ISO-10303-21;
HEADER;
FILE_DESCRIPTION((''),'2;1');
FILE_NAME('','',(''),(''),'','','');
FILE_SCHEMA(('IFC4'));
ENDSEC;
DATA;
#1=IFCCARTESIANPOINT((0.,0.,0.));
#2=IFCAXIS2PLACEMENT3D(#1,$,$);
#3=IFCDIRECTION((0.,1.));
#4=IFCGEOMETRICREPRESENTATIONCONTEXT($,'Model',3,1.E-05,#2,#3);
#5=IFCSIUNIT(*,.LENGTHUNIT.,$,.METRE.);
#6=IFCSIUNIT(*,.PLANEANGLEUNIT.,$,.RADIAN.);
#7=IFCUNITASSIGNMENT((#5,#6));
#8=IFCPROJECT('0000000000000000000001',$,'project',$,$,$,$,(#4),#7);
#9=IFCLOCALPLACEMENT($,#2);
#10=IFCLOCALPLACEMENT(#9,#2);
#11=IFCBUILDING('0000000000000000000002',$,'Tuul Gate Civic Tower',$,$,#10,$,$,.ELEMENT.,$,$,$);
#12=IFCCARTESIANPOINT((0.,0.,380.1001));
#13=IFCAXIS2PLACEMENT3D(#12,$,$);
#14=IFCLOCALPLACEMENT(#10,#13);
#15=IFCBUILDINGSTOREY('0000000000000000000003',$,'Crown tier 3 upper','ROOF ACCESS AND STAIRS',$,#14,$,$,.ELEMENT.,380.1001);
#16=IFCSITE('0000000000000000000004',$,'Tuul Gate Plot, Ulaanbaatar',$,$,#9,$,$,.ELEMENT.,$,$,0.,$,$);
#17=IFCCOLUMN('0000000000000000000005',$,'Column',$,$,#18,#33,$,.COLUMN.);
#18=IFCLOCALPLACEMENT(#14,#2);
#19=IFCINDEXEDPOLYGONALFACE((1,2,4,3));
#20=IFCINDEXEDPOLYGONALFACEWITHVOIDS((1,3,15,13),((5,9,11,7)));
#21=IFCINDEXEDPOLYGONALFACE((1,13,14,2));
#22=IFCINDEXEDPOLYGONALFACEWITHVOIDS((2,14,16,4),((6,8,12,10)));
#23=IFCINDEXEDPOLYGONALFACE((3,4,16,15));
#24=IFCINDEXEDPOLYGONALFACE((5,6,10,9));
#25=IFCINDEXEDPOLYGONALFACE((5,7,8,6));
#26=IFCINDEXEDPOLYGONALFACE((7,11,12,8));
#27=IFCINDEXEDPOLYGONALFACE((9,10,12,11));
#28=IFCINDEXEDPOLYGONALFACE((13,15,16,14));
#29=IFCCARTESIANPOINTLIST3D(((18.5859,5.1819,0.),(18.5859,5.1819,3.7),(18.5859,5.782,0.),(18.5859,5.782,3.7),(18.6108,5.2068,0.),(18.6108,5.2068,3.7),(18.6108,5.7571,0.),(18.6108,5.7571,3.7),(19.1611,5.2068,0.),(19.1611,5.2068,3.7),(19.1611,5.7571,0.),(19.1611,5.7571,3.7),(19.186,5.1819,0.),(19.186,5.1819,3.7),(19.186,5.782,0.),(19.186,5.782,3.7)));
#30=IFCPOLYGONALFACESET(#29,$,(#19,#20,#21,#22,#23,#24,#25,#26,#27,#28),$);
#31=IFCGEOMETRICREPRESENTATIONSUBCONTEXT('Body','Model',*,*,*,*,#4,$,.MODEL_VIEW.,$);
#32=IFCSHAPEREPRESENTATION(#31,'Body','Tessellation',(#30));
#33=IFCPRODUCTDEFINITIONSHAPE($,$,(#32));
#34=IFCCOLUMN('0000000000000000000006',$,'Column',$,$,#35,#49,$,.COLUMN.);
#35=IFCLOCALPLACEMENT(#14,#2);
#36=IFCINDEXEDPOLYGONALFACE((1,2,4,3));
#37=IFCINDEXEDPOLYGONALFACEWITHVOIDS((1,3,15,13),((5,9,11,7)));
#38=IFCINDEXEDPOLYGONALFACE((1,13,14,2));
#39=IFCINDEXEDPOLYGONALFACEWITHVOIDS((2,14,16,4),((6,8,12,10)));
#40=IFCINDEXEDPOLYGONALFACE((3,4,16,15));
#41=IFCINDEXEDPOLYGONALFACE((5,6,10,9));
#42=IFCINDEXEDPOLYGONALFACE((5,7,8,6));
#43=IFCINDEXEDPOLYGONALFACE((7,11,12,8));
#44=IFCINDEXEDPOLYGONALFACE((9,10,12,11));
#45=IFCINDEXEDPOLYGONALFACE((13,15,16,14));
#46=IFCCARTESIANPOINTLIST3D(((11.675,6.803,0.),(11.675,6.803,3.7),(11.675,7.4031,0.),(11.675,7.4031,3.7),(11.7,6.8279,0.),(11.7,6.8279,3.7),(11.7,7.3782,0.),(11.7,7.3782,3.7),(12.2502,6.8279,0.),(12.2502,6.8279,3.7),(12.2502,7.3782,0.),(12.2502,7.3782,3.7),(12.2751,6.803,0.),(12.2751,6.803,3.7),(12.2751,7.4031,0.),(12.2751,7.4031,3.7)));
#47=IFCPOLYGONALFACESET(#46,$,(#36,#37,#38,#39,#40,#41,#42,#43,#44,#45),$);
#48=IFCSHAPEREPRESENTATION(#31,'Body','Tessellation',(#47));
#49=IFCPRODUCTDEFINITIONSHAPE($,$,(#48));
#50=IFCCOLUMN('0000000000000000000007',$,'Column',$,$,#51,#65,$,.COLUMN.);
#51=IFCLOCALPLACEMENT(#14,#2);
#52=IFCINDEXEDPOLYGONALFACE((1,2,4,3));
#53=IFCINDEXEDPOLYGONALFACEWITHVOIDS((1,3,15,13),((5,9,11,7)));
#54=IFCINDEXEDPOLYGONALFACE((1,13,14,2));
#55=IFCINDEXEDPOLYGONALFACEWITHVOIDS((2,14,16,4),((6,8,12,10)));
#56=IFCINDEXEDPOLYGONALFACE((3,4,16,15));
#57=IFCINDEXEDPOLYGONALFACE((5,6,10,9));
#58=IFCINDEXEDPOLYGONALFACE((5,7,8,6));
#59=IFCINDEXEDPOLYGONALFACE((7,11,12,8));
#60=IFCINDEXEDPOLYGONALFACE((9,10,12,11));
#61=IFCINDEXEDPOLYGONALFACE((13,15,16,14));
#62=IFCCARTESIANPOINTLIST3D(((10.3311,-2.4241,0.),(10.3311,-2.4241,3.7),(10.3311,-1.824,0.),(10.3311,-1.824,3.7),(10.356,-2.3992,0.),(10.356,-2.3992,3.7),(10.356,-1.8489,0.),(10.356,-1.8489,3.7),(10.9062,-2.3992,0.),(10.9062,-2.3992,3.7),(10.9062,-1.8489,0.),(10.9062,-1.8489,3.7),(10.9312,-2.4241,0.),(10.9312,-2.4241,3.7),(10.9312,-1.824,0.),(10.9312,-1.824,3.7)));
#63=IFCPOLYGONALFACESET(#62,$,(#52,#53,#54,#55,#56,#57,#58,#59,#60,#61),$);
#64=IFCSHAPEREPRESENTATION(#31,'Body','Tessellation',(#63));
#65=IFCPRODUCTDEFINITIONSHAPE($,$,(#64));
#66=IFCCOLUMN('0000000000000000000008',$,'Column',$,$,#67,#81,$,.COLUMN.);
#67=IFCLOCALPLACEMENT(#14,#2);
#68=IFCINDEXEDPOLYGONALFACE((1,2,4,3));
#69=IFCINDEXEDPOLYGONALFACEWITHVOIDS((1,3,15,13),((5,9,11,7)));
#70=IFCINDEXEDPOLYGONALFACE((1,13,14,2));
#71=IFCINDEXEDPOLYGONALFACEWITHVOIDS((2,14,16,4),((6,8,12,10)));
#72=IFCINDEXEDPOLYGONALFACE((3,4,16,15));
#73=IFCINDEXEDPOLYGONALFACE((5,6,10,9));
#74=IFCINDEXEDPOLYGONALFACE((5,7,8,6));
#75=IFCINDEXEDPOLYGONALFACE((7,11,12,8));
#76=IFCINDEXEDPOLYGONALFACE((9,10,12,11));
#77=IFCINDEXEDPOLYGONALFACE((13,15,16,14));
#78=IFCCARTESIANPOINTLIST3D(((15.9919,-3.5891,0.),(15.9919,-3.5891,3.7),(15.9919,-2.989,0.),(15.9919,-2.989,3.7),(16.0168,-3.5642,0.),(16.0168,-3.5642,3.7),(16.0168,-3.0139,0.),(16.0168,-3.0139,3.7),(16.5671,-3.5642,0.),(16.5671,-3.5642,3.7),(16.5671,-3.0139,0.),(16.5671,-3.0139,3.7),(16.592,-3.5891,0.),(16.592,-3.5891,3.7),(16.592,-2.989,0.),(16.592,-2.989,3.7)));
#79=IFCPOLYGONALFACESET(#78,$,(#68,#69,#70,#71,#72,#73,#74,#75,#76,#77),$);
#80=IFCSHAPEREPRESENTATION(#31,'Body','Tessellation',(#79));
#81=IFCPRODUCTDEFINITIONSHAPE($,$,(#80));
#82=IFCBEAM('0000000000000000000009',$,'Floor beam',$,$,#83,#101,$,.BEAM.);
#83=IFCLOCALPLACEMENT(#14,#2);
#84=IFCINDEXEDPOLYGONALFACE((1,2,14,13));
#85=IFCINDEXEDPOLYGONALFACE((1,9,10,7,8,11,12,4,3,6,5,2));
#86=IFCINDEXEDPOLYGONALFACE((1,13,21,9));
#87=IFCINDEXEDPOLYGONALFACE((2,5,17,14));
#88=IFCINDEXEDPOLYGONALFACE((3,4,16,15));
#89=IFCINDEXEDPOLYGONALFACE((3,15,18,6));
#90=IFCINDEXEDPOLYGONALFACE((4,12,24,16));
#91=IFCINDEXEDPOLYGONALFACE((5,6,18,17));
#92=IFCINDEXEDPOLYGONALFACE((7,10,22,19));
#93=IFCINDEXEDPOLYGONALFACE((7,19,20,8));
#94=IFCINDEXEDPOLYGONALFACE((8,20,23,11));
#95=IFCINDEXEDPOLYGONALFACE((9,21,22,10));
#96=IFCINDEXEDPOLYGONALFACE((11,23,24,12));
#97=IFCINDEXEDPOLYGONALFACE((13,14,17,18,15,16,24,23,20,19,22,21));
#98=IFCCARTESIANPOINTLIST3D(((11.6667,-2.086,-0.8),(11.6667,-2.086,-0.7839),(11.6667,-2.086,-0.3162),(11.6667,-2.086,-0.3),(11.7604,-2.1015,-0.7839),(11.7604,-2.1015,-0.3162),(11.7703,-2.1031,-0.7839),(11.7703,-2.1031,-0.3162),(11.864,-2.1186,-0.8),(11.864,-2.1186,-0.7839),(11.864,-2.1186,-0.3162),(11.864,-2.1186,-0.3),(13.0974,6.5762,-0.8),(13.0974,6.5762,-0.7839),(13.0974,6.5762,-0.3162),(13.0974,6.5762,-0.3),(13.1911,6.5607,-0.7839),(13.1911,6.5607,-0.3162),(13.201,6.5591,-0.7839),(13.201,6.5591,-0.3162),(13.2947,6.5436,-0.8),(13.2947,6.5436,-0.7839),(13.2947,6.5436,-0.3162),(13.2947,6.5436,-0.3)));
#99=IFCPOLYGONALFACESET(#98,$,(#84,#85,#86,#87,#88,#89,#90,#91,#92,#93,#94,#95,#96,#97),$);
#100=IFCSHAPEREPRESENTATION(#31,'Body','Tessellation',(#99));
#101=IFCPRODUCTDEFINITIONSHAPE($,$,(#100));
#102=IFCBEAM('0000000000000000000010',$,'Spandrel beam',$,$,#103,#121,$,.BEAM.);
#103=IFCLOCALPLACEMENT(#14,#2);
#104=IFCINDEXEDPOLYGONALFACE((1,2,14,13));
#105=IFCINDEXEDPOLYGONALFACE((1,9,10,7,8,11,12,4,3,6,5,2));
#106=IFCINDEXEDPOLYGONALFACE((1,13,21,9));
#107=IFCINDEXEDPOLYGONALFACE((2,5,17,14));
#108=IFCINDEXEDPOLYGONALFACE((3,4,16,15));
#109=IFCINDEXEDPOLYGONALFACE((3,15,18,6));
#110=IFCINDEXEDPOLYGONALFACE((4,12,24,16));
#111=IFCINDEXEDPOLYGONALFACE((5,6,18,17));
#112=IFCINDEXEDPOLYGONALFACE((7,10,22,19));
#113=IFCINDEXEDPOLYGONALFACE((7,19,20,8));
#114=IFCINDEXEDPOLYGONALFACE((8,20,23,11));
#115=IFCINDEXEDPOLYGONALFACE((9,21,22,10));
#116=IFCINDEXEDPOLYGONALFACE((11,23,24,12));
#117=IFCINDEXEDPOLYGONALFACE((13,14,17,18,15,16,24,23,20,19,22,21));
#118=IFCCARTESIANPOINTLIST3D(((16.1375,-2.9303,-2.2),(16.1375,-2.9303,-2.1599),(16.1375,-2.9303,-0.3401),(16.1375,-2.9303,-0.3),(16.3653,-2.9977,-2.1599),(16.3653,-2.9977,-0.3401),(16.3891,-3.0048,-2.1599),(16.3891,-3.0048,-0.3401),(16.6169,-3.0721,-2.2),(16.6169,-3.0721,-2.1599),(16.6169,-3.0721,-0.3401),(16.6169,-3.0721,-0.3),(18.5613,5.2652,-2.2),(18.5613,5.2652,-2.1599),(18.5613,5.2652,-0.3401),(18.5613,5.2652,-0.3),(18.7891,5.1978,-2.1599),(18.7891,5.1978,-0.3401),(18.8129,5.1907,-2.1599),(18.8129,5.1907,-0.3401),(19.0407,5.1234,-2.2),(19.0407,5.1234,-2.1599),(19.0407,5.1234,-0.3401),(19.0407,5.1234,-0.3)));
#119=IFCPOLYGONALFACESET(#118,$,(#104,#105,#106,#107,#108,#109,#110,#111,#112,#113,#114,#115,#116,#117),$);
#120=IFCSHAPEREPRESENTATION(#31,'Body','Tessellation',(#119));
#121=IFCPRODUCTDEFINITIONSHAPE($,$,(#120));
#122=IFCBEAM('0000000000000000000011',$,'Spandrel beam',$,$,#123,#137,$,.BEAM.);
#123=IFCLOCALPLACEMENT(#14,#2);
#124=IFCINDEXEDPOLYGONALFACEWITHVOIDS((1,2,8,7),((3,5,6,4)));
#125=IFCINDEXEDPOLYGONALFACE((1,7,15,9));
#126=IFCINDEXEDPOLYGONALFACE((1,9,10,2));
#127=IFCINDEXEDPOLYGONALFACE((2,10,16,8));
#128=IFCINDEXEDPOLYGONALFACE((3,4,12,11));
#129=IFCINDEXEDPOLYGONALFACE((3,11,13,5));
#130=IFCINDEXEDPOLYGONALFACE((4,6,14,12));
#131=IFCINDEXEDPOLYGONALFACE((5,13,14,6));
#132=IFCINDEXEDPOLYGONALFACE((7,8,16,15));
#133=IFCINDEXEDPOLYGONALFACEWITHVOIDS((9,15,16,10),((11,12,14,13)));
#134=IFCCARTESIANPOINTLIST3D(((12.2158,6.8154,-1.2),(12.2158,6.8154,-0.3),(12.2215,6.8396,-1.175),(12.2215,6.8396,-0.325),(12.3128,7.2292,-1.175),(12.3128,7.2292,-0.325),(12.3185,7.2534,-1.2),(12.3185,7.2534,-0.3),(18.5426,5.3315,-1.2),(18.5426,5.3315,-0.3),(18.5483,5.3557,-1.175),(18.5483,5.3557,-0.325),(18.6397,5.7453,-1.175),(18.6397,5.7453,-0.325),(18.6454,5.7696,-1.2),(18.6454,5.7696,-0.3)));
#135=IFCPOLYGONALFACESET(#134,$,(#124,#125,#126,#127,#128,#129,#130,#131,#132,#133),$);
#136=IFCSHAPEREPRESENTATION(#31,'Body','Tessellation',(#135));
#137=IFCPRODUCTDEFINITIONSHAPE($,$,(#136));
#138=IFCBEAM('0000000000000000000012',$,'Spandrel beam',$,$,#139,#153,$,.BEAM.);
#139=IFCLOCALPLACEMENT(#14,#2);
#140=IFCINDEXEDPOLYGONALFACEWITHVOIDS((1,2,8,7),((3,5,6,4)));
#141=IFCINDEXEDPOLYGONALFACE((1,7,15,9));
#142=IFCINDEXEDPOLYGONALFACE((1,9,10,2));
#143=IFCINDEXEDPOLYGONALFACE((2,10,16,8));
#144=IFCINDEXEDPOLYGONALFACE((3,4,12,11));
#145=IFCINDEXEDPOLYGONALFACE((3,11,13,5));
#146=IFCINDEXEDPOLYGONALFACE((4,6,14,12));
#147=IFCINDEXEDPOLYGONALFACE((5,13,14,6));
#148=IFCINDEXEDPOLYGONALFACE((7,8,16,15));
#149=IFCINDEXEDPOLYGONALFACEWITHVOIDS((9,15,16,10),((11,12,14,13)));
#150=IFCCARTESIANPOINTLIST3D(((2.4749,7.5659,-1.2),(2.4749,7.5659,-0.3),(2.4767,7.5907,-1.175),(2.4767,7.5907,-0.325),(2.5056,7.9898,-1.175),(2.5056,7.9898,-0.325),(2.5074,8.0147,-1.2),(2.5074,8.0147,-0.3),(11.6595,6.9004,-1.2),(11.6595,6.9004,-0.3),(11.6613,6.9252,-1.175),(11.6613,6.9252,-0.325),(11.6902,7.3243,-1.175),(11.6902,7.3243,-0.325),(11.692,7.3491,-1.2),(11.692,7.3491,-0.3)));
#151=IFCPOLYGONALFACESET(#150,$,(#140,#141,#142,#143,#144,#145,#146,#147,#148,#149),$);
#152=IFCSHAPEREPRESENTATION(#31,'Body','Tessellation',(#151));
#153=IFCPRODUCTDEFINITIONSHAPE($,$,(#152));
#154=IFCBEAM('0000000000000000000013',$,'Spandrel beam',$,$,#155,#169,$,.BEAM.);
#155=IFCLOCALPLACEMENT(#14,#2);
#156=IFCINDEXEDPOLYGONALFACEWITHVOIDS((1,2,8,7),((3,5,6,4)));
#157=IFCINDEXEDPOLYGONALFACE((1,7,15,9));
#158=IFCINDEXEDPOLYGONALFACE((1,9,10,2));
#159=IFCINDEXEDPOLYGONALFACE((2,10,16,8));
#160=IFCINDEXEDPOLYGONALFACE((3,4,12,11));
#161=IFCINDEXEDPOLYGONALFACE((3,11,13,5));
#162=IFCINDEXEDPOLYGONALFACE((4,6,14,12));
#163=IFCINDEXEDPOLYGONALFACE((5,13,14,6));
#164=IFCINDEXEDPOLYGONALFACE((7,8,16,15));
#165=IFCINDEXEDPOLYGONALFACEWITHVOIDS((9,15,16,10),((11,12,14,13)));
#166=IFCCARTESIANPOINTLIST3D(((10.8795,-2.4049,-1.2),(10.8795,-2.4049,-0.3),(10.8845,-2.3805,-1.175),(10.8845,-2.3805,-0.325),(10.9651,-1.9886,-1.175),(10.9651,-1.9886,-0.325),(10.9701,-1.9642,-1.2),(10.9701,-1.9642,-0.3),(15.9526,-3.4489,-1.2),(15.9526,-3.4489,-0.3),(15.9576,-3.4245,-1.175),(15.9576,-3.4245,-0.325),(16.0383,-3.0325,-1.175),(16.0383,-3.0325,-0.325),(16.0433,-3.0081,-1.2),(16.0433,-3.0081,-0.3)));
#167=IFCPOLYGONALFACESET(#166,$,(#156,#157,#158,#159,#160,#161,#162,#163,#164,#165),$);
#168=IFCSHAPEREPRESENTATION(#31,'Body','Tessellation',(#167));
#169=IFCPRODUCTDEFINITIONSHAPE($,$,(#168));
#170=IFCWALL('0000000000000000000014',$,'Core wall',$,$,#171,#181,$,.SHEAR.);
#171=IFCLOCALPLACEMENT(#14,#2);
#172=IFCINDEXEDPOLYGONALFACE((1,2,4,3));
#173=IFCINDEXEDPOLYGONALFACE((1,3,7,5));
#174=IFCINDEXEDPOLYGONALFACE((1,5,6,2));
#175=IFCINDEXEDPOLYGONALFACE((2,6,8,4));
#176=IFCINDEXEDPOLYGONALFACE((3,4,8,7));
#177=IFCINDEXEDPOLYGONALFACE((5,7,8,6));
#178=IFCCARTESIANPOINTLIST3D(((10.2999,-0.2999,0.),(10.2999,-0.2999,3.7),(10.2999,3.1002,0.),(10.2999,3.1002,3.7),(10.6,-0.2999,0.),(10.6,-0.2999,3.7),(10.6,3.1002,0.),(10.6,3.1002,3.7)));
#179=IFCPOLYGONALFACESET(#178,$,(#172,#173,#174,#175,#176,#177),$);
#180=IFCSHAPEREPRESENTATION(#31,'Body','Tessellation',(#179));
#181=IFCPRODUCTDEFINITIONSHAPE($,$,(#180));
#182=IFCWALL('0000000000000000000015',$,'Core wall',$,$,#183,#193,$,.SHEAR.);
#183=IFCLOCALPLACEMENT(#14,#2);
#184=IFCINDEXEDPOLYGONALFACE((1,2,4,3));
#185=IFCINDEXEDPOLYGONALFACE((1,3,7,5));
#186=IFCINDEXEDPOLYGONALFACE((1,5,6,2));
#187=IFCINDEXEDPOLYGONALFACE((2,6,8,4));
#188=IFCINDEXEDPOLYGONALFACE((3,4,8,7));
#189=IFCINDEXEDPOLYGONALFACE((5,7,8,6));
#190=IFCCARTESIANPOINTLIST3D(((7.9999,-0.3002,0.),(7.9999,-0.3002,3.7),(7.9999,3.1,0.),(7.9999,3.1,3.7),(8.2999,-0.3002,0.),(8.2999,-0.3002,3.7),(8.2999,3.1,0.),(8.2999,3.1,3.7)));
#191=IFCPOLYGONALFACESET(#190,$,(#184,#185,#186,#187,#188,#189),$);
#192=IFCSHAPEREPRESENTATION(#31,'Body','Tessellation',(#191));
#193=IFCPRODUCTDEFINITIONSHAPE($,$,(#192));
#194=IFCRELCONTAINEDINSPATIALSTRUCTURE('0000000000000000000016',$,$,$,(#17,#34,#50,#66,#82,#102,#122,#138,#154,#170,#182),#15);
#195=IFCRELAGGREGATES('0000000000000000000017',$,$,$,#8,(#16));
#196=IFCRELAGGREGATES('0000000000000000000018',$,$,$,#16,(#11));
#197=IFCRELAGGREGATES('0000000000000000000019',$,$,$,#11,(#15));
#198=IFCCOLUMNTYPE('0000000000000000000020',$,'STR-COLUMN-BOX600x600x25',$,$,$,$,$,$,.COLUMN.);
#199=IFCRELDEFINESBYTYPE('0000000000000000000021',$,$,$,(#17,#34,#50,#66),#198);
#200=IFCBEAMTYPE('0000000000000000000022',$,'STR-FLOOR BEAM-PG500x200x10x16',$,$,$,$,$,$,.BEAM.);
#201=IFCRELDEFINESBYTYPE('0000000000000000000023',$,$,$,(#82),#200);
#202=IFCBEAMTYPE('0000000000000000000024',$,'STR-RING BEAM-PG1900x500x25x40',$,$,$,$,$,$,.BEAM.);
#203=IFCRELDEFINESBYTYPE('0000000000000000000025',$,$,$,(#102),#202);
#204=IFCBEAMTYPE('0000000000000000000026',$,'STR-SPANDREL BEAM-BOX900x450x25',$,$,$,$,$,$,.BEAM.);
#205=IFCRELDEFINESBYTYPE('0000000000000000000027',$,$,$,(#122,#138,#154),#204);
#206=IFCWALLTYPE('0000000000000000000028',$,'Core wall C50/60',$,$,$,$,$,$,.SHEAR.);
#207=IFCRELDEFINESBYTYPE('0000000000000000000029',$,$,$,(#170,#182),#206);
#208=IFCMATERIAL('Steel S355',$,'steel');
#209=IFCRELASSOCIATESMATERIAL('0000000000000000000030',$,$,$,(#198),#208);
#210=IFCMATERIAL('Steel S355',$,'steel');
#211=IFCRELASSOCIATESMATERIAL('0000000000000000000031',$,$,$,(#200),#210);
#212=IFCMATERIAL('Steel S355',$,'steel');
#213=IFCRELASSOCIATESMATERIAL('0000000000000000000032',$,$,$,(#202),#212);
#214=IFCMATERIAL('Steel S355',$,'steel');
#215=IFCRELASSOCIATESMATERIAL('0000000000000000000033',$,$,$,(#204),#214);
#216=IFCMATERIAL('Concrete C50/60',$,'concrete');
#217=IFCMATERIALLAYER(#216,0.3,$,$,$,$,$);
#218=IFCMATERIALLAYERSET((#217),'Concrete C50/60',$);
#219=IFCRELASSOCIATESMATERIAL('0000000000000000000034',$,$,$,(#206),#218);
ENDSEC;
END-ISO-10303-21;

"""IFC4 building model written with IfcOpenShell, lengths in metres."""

from ifc_helpers import new_model, si_unit, direction, frame, frame_2d, origin, origin_2d, place, context, subcontext, project, spatial, rectangle, hollow_rectangle, i_section, extrude, material, layer, layer_set, material_profile, profile_set, type_object, element, save


model = new_model("IFC4")

# Units and contexts
model_context = context("Model", 3, precision=1e-05, world=origin(), true_north=direction((0.0, 1.0)))
body_context = subcontext(model_context, "Body", "Model", "MODEL_VIEW")
ifc_project = project(units=[si_unit("LENGTHUNIT", "METRE"), si_unit("PLANEANGLEUNIT", "RADIAN")], contexts=[model_context])

# Site, building, storey
site_placement = place(None, origin())
site = spatial("IfcSite", under=ifc_project, at=site_placement, Name="Tuul Gate Plot, Ulaanbaatar", CompositionType="ELEMENT", RefElevation=0.0)
building_placement = place(site_placement, origin())
building = spatial("IfcBuilding", under=site, at=building_placement, Name="Tuul Gate Civic Tower", CompositionType="ELEMENT")
storey_placement = place(building_placement, frame((0.0, 0.0, 380.1001)))
storey = spatial("IfcBuildingStorey", under=building, at=storey_placement, Name="Crown tier 3 upper", Description="ROOF ACCESS AND STAIRS", CompositionType="ELEMENT", Elevation=380.1001)

# Columns
ifc_material_1 = material(Name="Steel S355", Category="steel")
ifc_material_profile_1 = material_profile(ifc_material_1, hollow_rectangle(XDim=0.6001, YDim=0.6001, WallThickness=0.0249, at=origin_2d()), Name="BOX600x600x25")
ifc_profile_set_1 = profile_set([ifc_material_profile_1], Name="Steel S355")
column_type = type_object("IfcColumnType", Name="STR-COLUMN-BOX600x600x25", PredefinedType="COLUMN", material=ifc_profile_set_1)
for number, where, z_axis, x_axis, name in (
    (1, (18.886, 5.4819, 0.0), (0.0, 0.0, 1.0), (1.0, 0.0, 0.0), "Column"),
    (2, (11.9751, 7.103, 0.0), (0.0, 0.0, 1.0), (1.0, 0.0, 0.0), "Column"),
    (3, (10.6311, -2.124, 0.0), (0.0, 0.0, 1.0), (1.0, 0.0, 0.0), "Column"),
    (4, (16.292, -3.2891, 0.0), (0.0, 0.0, 1.0), (1.0, 0.0, 0.0), "Column"),
):
    element("IfcColumn", number, at=place(storey_placement, frame(where, z_axis=z_axis, x_axis=x_axis)), inside=storey, type_object=column_type, Name=name, PredefinedType="COLUMN", context=body_context, shape_type="SweptSolid", body=[
        extrude(hollow_rectangle(XDim=0.6001, YDim=0.6001, WallThickness=0.0249, at=origin_2d()), origin(), (0.0, 0.0, 1.0), 3.7),
    ])

# Beams
ifc_material_2 = material(Name="Steel S355", Category="steel")
ifc_material_profile_2 = material_profile(ifc_material_2, i_section(OverallWidth=0.2, OverallDepth=0.5, WebThickness=0.01, FlangeThickness=0.0161, at=origin_2d()), Name="PG500x200x10x16")
ifc_profile_set_2 = profile_set([ifc_material_profile_2], Name="Steel S355")
beam_type_1 = type_object("IfcBeamType", Name="STR-FLOOR BEAM-PG500x200x10x16", PredefinedType="BEAM", material=ifc_profile_set_2)
beam_1_placement = place(storey_placement, frame((11.7654, -2.1023, -0.55), z_axis=(0.162956, 0.986633, 0.0), x_axis=(-0.986633, 0.162956, 0.0)))
element("IfcBeam", 5, at=beam_1_placement, inside=storey, type_object=beam_type_1, Name="Floor beam", PredefinedType="BEAM", context=body_context, shape_type="SweptSolid", body=[
    extrude(i_section(OverallWidth=0.2, OverallDepth=0.5, WebThickness=0.01, FlangeThickness=0.0161, at=origin_2d()), origin(), (0.0, 0.0, 1.0), 8.7795),
])
ifc_material_3 = material(Name="Steel S355", Category="steel")
ifc_material_profile_3 = material_profile(ifc_material_3, i_section(OverallWidth=0.5, OverallDepth=1.8999, WebThickness=0.0249, FlangeThickness=0.04, at=origin_2d()), Name="PG1900x500x25x40")
ifc_profile_set_3 = profile_set([ifc_material_profile_3], Name="Steel S355")
beam_type_2 = type_object("IfcBeamType", Name="STR-RING BEAM-PG1900x500x25x40", PredefinedType="BEAM", material=ifc_profile_set_3)
beam_2_placement = place(storey_placement, frame((16.3772, -3.0012, -1.25), z_axis=(0.283606, 0.958941, 0.0), x_axis=(-0.958941, 0.283606, 0.0)))
element("IfcBeam", 6, at=beam_2_placement, inside=storey, type_object=beam_type_2, Name="Spandrel beam", PredefinedType="BEAM", context=body_context, shape_type="SweptSolid", body=[
    extrude(i_section(OverallWidth=0.5, OverallDepth=1.8999, WebThickness=0.0249, FlangeThickness=0.04, at=origin_2d()), origin(), (0.0, 0.0, 1.0), 8.5464),
])
ifc_material_4 = material(Name="Steel S355", Category="steel")
ifc_material_profile_4 = material_profile(ifc_material_4, hollow_rectangle(XDim=0.45, YDim=0.8999, WallThickness=0.0249, at=origin_2d()), Name="BOX900x450x25")
ifc_profile_set_4 = profile_set([ifc_material_profile_4], Name="Steel S355")
beam_type_3 = type_object("IfcBeamType", Name="STR-SPANDREL BEAM-BOX900x450x25", PredefinedType="BEAM", material=ifc_profile_set_4)
beam_3_placement = place(storey_placement, frame((18.594, 5.5505, -0.75), z_axis=(-0.973581, 0.22834, 0.0), x_axis=(-0.22834, -0.973581, 0.0)))
element("IfcBeam", 7, at=beam_3_placement, inside=storey, type_object=beam_type_3, Name="Spandrel beam", PredefinedType="BEAM", context=body_context, shape_type="SweptSolid", body=[
    extrude(hollow_rectangle(XDim=0.45, YDim=0.8999, WallThickness=0.0249, at=origin_2d()), origin(), (0.0, 0.0, 1.0), 6.4985),
])
beam_4_placement = place(storey_placement, frame((11.6758, 7.1248, -0.75), z_axis=(-0.997385, 0.072272, 0.0), x_axis=(-0.072272, -0.997385, 0.0)))
element("IfcBeam", 8, at=beam_4_placement, inside=storey, type_object=beam_type_3, Name="Spandrel beam", PredefinedType="BEAM", context=body_context, shape_type="SweptSolid", body=[
    extrude(hollow_rectangle(XDim=0.45, YDim=0.8999, WallThickness=0.0249, at=origin_2d()), origin(), (0.0, 0.0, 1.0), 9.2087),
])
beam_5_placement = place(storey_placement, frame((10.9248, -2.1846, -0.75), z_axis=(0.979478, -0.201552, 0.0), x_axis=(0.201552, 0.979478, 0.0)))
element("IfcBeam", 9, at=beam_5_placement, inside=storey, type_object=beam_type_3, Name="Spandrel beam", PredefinedType="BEAM", context=body_context, shape_type="SweptSolid", body=[
    extrude(hollow_rectangle(XDim=0.45, YDim=0.8999, WallThickness=0.0249, at=origin_2d()), origin(), (0.0, 0.0, 1.0), 5.1794),
])

# Walls
ifc_material_5 = material(Name="Concrete C50/60", Category="concrete")
ifc_layer_1 = layer(ifc_material_5, 0.3)
ifc_layer_set_1 = layer_set([ifc_layer_1], Name="Concrete C50/60")
wall_type_1 = type_object("IfcWallType", Name="Core wall C50/60", PredefinedType="SHEAR", material=ifc_layer_set_1)
for number, where, z_axis, x_axis, name in (
    (10, (10.45, -0.3, 0.0), (0.0, 0.0, 1.0), (0.0, 1.0, 0.0), "Core wall"),
    (11, (8.1499, 3.1001, 0.0), (0.0, 0.0, 1.0), (0.0, -1.0, 0.0), "Core wall"),
):
    element("IfcWall", number, at=place(storey_placement, frame(where, z_axis=z_axis, x_axis=x_axis)), inside=storey, type_object=wall_type_1, Name=name, PredefinedType="SHEAR", context=body_context, shape_type="SweptSolid", body=[
        extrude(rectangle(XDim=3.4001, YDim=0.3, at=frame_2d((1.7002, 0.0))), origin(), (0.0, 0.0, 1.0), 3.7),
    ])

save(model, "model.ifc")
